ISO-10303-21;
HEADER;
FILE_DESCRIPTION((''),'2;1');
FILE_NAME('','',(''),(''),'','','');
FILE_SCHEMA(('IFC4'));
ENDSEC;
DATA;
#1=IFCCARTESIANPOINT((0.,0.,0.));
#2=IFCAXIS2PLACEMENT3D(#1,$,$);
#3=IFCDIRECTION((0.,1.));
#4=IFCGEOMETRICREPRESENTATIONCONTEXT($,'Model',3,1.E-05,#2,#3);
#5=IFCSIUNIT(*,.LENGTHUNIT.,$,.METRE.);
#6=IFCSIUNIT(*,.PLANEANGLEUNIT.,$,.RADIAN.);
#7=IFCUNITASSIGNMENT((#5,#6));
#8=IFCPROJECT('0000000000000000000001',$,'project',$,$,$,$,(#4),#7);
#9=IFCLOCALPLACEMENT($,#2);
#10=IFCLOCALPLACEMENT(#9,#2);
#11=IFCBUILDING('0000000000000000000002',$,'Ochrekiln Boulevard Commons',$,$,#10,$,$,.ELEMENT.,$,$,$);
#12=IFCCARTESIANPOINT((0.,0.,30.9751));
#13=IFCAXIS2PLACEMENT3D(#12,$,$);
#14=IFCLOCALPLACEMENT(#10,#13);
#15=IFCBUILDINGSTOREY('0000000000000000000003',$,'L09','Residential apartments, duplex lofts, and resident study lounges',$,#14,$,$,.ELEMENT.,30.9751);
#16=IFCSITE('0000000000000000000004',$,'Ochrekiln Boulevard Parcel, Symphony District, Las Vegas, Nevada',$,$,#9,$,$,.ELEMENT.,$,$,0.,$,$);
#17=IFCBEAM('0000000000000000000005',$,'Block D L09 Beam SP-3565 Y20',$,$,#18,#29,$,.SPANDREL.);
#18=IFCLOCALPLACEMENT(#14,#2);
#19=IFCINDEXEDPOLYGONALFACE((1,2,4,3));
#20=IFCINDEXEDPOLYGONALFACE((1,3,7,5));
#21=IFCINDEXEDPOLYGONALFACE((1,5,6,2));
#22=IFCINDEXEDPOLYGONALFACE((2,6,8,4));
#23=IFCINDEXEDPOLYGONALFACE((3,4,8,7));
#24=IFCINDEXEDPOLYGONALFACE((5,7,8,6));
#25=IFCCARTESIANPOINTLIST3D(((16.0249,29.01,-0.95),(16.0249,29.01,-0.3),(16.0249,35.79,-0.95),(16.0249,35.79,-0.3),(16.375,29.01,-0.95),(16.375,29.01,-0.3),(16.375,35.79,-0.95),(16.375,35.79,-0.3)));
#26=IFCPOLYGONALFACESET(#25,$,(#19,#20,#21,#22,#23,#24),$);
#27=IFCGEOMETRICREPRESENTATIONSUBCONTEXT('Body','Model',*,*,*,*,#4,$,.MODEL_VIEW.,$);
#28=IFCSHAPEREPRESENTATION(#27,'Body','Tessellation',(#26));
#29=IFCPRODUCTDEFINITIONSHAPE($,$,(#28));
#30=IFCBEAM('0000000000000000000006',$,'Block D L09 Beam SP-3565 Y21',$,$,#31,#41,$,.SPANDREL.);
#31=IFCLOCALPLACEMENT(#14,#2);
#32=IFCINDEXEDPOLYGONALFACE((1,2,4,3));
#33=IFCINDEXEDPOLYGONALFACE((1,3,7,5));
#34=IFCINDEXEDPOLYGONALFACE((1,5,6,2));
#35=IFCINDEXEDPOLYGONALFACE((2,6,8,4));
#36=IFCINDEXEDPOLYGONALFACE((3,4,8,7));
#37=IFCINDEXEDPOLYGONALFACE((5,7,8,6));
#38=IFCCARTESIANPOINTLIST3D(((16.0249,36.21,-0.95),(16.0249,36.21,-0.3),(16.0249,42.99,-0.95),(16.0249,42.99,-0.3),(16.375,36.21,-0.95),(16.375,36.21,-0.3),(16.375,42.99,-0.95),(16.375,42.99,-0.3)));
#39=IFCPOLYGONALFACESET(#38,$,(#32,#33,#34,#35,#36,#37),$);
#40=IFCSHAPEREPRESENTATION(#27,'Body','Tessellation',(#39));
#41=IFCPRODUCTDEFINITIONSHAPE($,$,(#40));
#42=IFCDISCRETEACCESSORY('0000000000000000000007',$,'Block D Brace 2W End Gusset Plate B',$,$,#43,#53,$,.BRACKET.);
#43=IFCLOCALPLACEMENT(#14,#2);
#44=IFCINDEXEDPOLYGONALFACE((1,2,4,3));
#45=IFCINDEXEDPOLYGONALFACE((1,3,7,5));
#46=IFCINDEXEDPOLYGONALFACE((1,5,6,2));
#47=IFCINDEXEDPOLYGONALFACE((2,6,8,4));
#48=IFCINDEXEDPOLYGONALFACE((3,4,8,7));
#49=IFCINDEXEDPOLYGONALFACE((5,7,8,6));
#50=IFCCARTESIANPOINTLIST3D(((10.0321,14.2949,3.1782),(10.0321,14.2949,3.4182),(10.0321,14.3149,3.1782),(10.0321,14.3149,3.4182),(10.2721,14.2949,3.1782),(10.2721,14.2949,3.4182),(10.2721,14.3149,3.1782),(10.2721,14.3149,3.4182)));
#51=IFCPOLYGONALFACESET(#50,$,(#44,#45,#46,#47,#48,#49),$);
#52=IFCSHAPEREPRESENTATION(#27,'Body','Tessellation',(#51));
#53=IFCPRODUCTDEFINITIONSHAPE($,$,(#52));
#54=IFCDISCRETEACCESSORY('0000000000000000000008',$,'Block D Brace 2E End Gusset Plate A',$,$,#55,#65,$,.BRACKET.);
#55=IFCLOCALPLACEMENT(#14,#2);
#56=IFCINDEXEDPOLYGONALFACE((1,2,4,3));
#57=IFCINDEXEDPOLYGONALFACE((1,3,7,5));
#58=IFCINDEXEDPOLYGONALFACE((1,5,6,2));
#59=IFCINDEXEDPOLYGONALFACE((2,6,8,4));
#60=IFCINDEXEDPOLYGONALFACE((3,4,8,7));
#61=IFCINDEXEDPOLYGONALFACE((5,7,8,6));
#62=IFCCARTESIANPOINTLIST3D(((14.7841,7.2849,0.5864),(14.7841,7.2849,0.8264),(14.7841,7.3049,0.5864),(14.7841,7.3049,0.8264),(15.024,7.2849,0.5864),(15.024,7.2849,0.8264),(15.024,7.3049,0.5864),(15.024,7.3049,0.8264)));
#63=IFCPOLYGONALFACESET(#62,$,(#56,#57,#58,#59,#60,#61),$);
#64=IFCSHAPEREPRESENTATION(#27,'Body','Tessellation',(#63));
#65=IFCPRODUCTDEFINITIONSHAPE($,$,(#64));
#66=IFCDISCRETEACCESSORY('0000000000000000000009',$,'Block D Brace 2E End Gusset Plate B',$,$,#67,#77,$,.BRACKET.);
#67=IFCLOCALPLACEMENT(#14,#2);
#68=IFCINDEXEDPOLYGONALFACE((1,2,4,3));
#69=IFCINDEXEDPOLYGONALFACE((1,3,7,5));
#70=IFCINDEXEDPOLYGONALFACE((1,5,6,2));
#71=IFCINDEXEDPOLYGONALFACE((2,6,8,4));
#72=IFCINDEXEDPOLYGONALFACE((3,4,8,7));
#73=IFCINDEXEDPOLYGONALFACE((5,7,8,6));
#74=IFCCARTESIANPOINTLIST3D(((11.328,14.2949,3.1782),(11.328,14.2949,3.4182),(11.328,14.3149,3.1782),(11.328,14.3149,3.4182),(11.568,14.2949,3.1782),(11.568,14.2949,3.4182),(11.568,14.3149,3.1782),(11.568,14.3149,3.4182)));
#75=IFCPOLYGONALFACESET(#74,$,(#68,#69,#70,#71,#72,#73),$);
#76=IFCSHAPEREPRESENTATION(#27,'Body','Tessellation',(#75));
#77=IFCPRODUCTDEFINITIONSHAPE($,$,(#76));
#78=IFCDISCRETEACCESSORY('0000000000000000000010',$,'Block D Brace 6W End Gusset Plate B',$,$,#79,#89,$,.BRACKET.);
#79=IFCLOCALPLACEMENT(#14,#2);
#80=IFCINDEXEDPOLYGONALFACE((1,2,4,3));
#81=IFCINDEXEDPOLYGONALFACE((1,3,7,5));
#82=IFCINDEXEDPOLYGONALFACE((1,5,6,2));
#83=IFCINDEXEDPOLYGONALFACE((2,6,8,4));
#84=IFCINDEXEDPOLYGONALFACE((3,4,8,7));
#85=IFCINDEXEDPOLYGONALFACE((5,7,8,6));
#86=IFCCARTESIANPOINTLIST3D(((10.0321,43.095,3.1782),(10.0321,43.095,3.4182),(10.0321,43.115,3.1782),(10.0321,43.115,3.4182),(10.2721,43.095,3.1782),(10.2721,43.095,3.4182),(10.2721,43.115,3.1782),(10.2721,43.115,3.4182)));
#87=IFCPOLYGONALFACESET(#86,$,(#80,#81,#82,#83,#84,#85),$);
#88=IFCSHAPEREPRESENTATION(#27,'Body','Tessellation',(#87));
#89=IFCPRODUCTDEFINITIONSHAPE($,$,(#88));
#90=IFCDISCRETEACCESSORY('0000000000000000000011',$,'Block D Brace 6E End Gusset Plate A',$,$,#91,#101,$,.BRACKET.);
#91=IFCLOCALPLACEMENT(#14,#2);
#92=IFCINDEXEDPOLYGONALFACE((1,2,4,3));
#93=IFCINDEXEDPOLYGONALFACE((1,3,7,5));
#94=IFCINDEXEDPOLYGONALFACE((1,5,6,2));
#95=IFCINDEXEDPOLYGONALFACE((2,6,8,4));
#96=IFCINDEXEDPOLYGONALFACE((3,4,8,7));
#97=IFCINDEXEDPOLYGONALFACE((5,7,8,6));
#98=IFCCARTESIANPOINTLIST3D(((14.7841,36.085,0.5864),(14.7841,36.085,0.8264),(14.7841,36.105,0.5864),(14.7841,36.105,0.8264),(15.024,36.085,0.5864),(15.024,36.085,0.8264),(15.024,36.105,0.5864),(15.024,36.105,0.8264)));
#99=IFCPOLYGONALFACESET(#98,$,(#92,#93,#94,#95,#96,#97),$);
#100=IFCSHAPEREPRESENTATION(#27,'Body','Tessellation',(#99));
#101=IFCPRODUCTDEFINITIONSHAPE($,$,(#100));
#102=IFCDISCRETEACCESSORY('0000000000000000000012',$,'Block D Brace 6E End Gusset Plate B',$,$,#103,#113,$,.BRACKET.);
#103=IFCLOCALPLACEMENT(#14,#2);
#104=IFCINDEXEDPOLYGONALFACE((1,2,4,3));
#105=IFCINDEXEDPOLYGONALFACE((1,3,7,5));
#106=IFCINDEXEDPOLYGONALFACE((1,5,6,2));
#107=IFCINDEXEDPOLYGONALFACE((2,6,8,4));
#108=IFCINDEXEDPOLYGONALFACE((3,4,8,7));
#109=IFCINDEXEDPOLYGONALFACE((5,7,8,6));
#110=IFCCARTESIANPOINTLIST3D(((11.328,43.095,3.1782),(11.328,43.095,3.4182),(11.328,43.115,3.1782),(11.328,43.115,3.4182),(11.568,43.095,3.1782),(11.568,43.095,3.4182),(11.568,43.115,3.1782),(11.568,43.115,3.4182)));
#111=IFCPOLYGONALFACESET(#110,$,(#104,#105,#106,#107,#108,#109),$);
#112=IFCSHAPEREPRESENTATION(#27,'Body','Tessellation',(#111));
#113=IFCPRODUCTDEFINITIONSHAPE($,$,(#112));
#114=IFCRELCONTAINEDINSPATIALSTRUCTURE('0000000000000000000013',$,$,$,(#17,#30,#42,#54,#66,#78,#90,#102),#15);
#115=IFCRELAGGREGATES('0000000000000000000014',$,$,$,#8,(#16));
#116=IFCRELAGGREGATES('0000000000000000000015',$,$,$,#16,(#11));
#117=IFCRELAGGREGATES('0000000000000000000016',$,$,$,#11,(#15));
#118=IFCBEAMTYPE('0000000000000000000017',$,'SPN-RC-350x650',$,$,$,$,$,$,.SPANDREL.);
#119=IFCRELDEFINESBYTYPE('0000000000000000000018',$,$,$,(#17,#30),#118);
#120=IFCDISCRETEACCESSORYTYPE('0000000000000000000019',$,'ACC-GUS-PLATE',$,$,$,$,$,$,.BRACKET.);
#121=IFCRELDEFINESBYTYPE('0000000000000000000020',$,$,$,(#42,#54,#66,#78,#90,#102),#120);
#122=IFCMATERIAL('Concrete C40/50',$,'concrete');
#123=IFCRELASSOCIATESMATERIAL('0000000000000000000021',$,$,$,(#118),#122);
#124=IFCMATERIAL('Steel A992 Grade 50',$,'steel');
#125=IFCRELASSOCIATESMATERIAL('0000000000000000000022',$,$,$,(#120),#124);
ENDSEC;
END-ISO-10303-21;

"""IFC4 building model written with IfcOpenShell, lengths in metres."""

from ifc_helpers import new_model, si_unit, direction, frame, origin, origin_2d, place, context, subcontext, project, spatial, rectangle, extrude, material, material_profile, profile_set, type_object, element, save


model = new_model("IFC4")

# Units and contexts
model_context = context("Model", 3, precision=1e-05, world=origin(), true_north=direction((0.0, 1.0)))
body_context = subcontext(model_context, "Body", "Model", "MODEL_VIEW")
ifc_project = project(units=[si_unit("LENGTHUNIT", "METRE"), si_unit("PLANEANGLEUNIT", "RADIAN")], contexts=[model_context])

# Site, building, storey
site_placement = place(None, origin())
site = spatial("IfcSite", under=ifc_project, at=site_placement, Name="Ochrekiln Boulevard Parcel, Symphony District, Las Vegas, Nevada", CompositionType="ELEMENT", RefElevation=0.0)
building_placement = place(site_placement, origin())
building = spatial("IfcBuilding", under=site, at=building_placement, Name="Ochrekiln Boulevard Commons", CompositionType="ELEMENT")
storey_placement = place(building_placement, frame((0.0, 0.0, 30.9751)))
storey = spatial("IfcBuildingStorey", under=building, at=storey_placement, Name="L09", Description="Residential apartments, duplex lofts, and resident study lounges", CompositionType="ELEMENT", Elevation=30.9751)

# Beams
ifc_material_1 = material(Name="Concrete C40/50", Category="concrete")
ifc_material_profile_1 = material_profile(ifc_material_1, rectangle(XDim=0.3501, YDim=0.6499, at=origin_2d()), Name="RC-SPN-350x650")
ifc_profile_set_1 = profile_set([ifc_material_profile_1], Name="Concrete C40/50")
beam_type = type_object("IfcBeamType", Name="SPN-RC-350x650", PredefinedType="SPANDREL", material=ifc_profile_set_1)
for number, where, z_axis, x_axis, name in (
    (1, (16.2, 29.01, -0.625), (0.0, 1.0, 0.0), (-1.0, 0.0, 0.0), "Block D L09 Beam SP-3565 Y20"),
    (2, (16.2, 36.21, -0.625), (0.0, 1.0, 0.0), (-1.0, 0.0, 0.0), "Block D L09 Beam SP-3565 Y21"),
):
    element("IfcBeam", number, at=place(storey_placement, frame(where, z_axis=z_axis, x_axis=x_axis)), inside=storey, type_object=beam_type, Name=name, PredefinedType="SPANDREL", context=body_context, shape_type="SweptSolid", body=[
        extrude(rectangle(XDim=0.3501, YDim=0.6499, at=origin_2d()), origin(), (0.0, 0.0, 1.0), 6.78),
    ])

# Discrete accessories
ifc_material_2 = material(Name="Steel A992 Grade 50", Category="steel")
discrete_accessory_type = type_object("IfcDiscreteAccessoryType", Name="ACC-GUS-PLATE", PredefinedType="BRACKET", material=ifc_material_2)
for number, where, z_axis, x_axis, name in (
    (3, (10.1521, 14.3049, 3.1782), (0.0, 0.0, 1.0), (1.0, 0.0, 0.0), "Block D Brace 2W End Gusset Plate B"),
    (4, (14.9041, 7.2949, 0.5864), (0.0, 0.0, 1.0), (1.0, 0.0, 0.0), "Block D Brace 2E End Gusset Plate A"),
    (5, (11.448, 14.3049, 3.1782), (0.0, 0.0, 1.0), (1.0, 0.0, 0.0), "Block D Brace 2E End Gusset Plate B"),
    (6, (10.1521, 43.105, 3.1782), (0.0, 0.0, 1.0), (1.0, 0.0, 0.0), "Block D Brace 6W End Gusset Plate B"),
    (7, (14.9041, 36.095, 0.5864), (0.0, 0.0, 1.0), (1.0, 0.0, 0.0), "Block D Brace 6E End Gusset Plate A"),
    (8, (11.448, 43.105, 3.1782), (0.0, 0.0, 1.0), (1.0, 0.0, 0.0), "Block D Brace 6E End Gusset Plate B"),
):
    element("IfcDiscreteAccessory", number, at=place(storey_placement, frame(where, z_axis=z_axis, x_axis=x_axis)), inside=storey, type_object=discrete_accessory_type, Name=name, PredefinedType="BRACKET", context=body_context, shape_type="SweptSolid", body=[
        extrude(rectangle(XDim=0.24, YDim=0.02, at=origin_2d()), origin(), (0.0, 0.0, 1.0), 0.24),
    ])

save(model, "model.ifc")
